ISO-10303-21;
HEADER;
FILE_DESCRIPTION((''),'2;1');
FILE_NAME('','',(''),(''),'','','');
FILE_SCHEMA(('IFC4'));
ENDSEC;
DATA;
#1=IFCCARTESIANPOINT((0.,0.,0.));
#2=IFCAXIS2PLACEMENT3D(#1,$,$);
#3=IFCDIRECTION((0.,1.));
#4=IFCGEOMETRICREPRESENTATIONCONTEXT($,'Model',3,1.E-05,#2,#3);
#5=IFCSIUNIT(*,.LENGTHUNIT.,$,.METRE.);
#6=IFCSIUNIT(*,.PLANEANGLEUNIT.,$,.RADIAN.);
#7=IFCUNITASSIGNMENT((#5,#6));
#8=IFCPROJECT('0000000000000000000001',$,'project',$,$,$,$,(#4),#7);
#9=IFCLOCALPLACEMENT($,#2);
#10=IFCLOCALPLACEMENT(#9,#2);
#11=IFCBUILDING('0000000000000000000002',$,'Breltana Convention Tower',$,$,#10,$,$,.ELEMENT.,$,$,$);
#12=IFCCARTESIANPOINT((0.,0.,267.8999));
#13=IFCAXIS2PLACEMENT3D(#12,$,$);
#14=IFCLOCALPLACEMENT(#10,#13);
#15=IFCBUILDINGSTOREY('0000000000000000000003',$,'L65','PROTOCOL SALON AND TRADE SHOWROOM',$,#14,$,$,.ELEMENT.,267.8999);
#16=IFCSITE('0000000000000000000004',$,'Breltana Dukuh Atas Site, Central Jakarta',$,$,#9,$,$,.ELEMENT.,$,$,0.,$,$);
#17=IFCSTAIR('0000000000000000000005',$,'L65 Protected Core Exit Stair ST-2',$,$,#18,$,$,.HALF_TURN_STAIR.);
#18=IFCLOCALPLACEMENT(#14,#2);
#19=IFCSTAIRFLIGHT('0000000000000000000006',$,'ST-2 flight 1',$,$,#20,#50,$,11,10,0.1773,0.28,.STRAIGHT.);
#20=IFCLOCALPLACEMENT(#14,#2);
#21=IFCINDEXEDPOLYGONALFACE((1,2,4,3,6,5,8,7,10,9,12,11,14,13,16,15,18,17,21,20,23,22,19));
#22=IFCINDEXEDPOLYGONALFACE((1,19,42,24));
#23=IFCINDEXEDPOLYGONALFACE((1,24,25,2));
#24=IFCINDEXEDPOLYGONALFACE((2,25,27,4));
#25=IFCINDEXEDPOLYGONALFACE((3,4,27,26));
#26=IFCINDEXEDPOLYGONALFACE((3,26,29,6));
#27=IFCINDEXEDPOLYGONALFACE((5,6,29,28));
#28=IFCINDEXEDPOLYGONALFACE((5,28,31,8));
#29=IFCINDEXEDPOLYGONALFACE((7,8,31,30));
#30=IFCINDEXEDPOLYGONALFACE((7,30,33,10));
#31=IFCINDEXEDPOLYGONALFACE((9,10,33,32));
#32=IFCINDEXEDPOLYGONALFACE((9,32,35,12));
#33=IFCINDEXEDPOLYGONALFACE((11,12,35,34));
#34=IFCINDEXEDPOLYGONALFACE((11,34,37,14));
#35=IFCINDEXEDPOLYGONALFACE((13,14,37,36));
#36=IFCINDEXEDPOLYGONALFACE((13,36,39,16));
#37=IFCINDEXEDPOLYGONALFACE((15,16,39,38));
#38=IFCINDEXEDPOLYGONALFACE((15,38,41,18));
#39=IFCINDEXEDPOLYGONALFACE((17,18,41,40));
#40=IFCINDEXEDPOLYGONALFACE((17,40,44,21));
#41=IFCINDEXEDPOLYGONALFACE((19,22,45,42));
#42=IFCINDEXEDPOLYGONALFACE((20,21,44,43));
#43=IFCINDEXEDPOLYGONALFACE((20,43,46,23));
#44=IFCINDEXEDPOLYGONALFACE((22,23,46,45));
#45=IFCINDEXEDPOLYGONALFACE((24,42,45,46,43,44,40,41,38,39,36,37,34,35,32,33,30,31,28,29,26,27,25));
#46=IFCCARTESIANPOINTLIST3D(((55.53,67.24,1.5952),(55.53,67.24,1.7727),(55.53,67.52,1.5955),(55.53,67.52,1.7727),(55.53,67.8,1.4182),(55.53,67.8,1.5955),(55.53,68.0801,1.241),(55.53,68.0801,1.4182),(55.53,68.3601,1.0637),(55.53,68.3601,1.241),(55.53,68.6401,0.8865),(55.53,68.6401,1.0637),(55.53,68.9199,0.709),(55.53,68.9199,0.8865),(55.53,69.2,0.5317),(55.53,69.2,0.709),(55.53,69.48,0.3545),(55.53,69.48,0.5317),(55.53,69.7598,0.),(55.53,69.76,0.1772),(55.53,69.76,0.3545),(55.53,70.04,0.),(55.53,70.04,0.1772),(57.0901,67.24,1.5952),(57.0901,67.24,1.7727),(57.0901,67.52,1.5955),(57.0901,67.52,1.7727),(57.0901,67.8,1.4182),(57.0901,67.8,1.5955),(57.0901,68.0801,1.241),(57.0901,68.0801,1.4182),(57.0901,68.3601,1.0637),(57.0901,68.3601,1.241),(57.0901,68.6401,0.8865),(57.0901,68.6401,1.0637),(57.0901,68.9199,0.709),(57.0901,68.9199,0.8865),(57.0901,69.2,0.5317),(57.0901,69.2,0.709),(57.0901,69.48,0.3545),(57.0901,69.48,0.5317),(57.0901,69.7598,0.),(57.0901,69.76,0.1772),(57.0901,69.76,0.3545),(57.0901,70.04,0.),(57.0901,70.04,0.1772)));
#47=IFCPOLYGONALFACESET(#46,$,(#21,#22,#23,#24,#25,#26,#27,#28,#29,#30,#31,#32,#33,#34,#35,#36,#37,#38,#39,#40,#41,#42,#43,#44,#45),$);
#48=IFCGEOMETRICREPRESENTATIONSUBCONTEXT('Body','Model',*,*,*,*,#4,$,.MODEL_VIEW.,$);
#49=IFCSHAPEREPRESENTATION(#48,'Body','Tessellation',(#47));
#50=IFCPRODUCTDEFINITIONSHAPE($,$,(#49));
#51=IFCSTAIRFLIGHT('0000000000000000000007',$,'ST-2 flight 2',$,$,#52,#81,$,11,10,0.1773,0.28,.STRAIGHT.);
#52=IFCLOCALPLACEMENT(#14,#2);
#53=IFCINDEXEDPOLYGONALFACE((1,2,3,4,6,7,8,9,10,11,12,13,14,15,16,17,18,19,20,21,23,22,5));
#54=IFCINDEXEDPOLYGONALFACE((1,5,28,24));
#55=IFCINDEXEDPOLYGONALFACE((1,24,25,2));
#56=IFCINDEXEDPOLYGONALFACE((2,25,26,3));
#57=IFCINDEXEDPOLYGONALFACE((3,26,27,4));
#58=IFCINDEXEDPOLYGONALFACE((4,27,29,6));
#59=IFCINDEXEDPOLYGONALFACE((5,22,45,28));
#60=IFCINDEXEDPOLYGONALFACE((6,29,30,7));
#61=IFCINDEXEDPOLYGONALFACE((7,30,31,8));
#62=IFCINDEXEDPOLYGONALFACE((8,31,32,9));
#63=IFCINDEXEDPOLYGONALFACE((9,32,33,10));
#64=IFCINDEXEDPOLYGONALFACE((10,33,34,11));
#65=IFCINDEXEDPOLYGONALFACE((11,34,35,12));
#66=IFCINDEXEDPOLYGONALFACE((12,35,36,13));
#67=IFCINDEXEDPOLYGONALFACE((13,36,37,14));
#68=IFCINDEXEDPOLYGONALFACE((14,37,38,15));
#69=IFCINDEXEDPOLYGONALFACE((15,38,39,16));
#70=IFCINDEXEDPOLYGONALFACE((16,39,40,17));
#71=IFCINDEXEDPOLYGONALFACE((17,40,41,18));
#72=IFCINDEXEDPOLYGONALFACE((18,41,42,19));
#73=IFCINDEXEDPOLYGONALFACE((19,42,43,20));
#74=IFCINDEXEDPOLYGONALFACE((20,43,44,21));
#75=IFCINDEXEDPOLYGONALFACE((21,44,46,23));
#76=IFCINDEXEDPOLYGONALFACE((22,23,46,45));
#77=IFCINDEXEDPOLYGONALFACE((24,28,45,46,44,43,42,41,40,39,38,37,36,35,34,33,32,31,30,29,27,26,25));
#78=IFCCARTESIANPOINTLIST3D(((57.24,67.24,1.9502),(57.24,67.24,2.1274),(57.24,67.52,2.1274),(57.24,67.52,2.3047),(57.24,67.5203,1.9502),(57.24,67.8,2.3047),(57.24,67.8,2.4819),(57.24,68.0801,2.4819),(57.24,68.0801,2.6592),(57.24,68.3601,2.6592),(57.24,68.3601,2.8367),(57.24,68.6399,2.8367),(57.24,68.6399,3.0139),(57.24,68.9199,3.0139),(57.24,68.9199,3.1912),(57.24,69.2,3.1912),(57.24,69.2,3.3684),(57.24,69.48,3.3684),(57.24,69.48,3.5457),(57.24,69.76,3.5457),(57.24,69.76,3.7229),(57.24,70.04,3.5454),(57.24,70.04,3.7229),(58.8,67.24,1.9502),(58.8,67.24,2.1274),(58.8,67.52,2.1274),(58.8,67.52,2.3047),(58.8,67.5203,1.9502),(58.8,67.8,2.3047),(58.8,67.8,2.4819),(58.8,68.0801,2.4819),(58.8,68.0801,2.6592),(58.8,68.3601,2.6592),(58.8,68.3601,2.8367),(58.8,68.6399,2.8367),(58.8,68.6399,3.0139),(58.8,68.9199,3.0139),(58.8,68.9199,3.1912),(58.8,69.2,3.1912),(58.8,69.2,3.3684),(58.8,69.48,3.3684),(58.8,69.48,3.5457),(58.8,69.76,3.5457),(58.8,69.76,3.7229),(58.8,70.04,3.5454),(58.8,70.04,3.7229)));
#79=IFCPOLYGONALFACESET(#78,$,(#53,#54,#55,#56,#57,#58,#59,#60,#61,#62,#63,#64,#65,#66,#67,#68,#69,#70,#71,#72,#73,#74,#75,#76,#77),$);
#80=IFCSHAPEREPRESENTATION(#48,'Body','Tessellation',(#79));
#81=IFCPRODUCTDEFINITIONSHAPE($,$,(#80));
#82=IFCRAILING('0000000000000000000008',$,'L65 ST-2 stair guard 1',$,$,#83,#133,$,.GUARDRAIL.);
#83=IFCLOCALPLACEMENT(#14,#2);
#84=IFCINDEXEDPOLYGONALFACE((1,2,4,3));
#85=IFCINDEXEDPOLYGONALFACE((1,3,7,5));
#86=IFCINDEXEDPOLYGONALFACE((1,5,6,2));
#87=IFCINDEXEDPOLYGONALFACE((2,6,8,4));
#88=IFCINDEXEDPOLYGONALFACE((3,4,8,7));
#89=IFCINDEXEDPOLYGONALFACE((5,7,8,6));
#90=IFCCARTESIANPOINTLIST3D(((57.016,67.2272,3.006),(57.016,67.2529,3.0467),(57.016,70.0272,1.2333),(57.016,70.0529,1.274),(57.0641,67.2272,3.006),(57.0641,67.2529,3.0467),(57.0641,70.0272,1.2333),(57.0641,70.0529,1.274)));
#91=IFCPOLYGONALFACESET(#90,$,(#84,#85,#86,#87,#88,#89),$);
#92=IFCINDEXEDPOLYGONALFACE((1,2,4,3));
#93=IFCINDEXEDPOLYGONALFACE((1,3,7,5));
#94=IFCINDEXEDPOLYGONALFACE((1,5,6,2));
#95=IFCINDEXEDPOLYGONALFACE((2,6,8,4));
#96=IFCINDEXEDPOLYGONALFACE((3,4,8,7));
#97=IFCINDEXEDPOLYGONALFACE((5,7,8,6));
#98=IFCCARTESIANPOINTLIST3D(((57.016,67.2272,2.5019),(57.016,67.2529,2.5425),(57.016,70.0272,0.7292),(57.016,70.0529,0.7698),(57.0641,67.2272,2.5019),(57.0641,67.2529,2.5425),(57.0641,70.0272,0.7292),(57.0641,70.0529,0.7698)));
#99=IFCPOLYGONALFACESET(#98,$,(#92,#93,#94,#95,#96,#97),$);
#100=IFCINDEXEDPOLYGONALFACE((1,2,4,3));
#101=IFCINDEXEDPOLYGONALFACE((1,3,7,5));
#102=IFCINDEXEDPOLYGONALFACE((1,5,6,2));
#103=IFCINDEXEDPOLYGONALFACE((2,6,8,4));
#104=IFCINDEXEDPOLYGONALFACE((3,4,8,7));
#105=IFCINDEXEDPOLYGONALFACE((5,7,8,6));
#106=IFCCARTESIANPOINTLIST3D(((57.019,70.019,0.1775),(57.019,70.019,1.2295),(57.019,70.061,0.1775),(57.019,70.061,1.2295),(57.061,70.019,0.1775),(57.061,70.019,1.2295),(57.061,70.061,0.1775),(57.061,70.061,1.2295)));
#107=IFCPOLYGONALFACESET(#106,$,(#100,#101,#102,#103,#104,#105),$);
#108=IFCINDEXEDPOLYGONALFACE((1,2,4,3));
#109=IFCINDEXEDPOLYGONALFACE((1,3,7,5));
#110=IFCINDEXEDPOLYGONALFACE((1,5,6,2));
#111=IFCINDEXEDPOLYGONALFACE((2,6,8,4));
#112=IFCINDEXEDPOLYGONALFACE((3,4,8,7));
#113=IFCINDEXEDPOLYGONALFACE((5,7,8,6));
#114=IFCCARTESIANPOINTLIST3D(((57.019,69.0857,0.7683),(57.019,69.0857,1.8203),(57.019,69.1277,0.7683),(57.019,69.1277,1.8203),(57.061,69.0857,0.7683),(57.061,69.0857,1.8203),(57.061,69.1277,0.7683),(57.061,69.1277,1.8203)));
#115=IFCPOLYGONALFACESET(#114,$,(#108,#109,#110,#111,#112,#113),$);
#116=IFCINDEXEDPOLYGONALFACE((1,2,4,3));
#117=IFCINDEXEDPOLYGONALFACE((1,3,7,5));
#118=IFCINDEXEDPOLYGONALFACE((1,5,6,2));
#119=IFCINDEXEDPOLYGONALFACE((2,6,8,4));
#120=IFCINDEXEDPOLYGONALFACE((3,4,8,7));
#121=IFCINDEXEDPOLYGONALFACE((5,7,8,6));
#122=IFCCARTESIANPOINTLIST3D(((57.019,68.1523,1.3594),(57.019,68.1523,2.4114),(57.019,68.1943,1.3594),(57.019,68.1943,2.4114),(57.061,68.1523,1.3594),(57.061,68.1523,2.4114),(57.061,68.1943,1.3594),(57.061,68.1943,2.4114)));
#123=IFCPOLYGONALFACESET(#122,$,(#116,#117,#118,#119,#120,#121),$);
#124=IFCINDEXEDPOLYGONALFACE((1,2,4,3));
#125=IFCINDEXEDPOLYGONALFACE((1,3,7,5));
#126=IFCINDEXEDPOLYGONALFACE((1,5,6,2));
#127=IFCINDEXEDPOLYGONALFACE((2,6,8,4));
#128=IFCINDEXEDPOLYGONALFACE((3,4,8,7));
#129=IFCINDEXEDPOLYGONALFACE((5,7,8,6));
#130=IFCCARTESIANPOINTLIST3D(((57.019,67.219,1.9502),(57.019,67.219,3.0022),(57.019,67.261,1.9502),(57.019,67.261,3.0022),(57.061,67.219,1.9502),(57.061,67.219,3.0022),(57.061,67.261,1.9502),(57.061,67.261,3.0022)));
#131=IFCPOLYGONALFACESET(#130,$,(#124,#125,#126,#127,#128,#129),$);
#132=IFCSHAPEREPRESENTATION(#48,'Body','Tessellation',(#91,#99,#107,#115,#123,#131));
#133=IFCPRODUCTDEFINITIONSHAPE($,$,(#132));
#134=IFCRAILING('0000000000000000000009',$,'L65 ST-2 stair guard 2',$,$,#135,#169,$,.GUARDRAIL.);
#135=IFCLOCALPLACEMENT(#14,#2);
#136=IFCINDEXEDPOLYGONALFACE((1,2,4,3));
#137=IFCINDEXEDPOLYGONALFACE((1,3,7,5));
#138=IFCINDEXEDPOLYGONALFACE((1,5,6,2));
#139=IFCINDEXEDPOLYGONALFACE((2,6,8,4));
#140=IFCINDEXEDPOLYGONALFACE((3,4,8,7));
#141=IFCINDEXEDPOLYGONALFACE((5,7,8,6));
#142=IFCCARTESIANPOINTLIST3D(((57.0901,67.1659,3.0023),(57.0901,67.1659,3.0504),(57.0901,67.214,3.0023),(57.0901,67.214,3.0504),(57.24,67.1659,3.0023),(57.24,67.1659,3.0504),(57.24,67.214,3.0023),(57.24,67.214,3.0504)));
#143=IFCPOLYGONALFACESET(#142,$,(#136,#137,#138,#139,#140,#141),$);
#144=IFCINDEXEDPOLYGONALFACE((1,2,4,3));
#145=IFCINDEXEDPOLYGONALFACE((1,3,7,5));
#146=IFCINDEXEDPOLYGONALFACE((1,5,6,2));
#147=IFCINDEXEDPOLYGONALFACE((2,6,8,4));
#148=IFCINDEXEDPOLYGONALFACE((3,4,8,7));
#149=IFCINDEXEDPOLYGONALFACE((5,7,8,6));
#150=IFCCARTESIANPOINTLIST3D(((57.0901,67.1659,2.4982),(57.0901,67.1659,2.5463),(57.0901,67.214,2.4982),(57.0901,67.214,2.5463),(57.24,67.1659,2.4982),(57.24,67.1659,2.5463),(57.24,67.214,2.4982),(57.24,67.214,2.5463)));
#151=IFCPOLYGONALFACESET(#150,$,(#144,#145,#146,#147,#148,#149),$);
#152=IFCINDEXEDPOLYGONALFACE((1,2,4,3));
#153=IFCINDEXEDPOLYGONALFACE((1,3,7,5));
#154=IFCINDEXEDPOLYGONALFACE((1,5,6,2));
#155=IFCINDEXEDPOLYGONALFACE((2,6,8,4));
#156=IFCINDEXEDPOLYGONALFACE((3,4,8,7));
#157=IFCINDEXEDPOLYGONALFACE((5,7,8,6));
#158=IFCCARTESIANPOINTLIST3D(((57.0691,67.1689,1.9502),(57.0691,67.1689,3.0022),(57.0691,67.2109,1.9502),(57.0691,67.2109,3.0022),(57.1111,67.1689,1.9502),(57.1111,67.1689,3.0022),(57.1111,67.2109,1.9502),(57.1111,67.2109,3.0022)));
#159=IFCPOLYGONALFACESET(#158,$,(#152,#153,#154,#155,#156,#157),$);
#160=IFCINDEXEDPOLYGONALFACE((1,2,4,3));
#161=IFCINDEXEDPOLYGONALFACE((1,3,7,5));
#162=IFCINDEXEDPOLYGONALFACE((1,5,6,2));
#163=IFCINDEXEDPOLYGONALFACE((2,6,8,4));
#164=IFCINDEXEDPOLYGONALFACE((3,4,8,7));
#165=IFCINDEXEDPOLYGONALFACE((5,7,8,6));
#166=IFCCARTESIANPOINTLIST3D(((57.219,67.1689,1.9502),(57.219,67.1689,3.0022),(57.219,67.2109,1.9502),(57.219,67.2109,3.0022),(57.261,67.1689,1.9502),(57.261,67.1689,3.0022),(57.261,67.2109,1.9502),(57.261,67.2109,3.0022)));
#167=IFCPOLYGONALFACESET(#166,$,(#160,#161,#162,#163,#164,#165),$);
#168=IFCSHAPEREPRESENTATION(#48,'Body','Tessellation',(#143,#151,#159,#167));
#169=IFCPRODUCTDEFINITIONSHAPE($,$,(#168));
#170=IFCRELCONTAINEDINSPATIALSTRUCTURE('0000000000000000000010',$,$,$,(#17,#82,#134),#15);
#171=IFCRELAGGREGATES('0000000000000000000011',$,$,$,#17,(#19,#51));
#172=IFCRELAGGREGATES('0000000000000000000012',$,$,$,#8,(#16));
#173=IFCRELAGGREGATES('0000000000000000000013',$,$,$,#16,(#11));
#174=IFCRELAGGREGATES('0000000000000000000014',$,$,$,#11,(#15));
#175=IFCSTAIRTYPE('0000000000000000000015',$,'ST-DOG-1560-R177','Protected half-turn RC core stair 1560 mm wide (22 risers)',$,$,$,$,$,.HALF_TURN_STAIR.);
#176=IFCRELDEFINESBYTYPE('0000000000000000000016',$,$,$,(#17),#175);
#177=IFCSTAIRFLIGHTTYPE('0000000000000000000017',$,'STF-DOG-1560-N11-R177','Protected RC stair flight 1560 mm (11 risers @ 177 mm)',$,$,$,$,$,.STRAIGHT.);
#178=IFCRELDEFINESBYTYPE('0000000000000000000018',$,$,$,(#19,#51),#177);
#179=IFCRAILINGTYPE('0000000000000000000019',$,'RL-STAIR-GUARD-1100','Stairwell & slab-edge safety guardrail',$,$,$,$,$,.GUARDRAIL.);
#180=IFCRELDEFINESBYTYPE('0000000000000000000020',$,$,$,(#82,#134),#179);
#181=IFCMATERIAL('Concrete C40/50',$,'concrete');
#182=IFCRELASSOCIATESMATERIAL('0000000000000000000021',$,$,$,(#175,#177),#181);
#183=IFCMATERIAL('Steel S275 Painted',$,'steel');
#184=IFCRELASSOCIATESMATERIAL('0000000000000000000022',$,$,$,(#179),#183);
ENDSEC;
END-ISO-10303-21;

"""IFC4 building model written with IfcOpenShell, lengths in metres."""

from ifc_helpers import new_model, si_unit, direction, frame, origin, origin_2d, place, context, subcontext, project, spatial, polyline, rectangle, outline, extrude, material, type_object, element, aggregate, save


model = new_model("IFC4")

# Units and contexts
model_context = context("Model", 3, precision=1e-05, world=origin(), true_north=direction((0.0, 1.0)))
body_context = subcontext(model_context, "Body", "Model", "MODEL_VIEW")
ifc_project = project(units=[si_unit("LENGTHUNIT", "METRE"), si_unit("PLANEANGLEUNIT", "RADIAN")], contexts=[model_context])

# Site, building, storey
site_placement = place(None, origin())
site = spatial("IfcSite", under=ifc_project, at=site_placement, Name="Breltana Dukuh Atas Site, Central Jakarta", CompositionType="ELEMENT", RefElevation=0.0)
building_placement = place(site_placement, origin())
building = spatial("IfcBuilding", under=site, at=building_placement, Name="Breltana Convention Tower", CompositionType="ELEMENT")
storey_placement = place(building_placement, frame((0.0, 0.0, 267.8999)))
storey = spatial("IfcBuildingStorey", under=building, at=storey_placement, Name="L65", Description="PROTOCOL SALON AND TRADE SHOWROOM", CompositionType="ELEMENT", Elevation=267.8999)

# Stair, stair flights
ifc_material_1 = material(Name="Concrete C40/50", Category="concrete")
stair_type = type_object("IfcStairType", Name="ST-DOG-1560-R177", Description="Protected half-turn RC core stair 1560 mm wide (22 risers)", PredefinedType="HALF_TURN_STAIR", material=ifc_material_1)
stair_placement = place(storey_placement, origin())
stair = element("IfcStair", 1, at=stair_placement, inside=storey, type_object=stair_type, Name="L65 Protected Core Exit Stair ST-2", PredefinedType="HALF_TURN_STAIR")
stair_flight_type = type_object("IfcStairFlightType", Name="STF-DOG-1560-N11-R177", Description="Protected RC stair flight 1560 mm (11 risers @ 177 mm)", PredefinedType="STRAIGHT", material=ifc_material_1)
stair_flight_1_placement = place(storey_placement, frame((56.3101, 70.04, 0.0), z_axis=(0.0, 0.0, 1.0), x_axis=(0.0, -1.0, 0.0)))
stair_flight_1 = element("IfcStairFlight", 2, at=stair_flight_1_placement, type_object=stair_flight_type, Name="ST-2 flight 1", NumberOfRisers=11, NumberOfTreads=10, PredefinedType="STRAIGHT", RiserHeight=0.1773, TreadLength=0.28, context=body_context, shape_type="SweptSolid", body=[
    extrude(outline(polyline([(0.0, 0.0), (0.0, 0.1772), (0.28, 0.1772), (0.28, 0.3545), (0.5601, 0.3545), (0.5601, 0.5317), (0.8401, 0.5317), (0.8401, 0.709), (1.1201, 0.709), (1.1201, 0.8865), (1.3999, 0.8865), (1.3999, 1.0637), (1.6799, 1.0637), (1.6799, 1.241), (1.96, 1.241), (1.96, 1.4182), (2.24, 1.4182), (2.24, 1.5955), (2.52, 1.5955), (2.52, 1.7727), (2.8, 1.7727), (2.8, 1.95), (2.8, 1.5952), (0.2803, 0.0), (0.0, 0.0)])), frame((0.0, 0.78, 0.0), z_axis=(0.0, -1.0, 0.0), x_axis=(1.0, 0.0, 0.0)), (0.0, 0.0, 1.0), 1.5601),
])
stair_flight_2_placement = place(storey_placement, frame((58.02, 67.24, 1.9502), z_axis=(0.0, 0.0, 1.0), x_axis=(0.0, 1.0, 0.0)))
stair_flight_2 = element("IfcStairFlight", 3, at=stair_flight_2_placement, type_object=stair_flight_type, Name="ST-2 flight 2", NumberOfRisers=11, NumberOfTreads=10, PredefinedType="STRAIGHT", RiserHeight=0.1773, TreadLength=0.28, context=body_context, shape_type="SweptSolid", body=[
    extrude(outline(polyline([(0.0, 0.0), (0.0, 0.1772), (0.28, 0.1772), (0.28, 0.3545), (0.5601, 0.3545), (0.5601, 0.5317), (0.8401, 0.5317), (0.8401, 0.709), (1.1201, 0.709), (1.1201, 0.8865), (1.3999, 0.8865), (1.3999, 1.0637), (1.6799, 1.0637), (1.6799, 1.241), (1.96, 1.241), (1.96, 1.4182), (2.24, 1.4182), (2.24, 1.5955), (2.52, 1.5955), (2.52, 1.7727), (2.8, 1.7727), (2.8, 1.95), (2.8, 1.5952), (0.2803, 0.0), (0.0, 0.0)])), frame((0.0, 0.78, 0.0), z_axis=(0.0, -1.0, 0.0), x_axis=(1.0, 0.0, 0.0)), (0.0, 0.0, 1.0), 1.5601),
])
aggregate(stair, [stair_flight_1, stair_flight_2])

# Railings
ifc_material_2 = material(Name="Steel S275 Painted", Category="steel")
railing_type_1 = type_object("IfcRailingType", Name="RL-STAIR-GUARD-1100", Description="Stairwell & slab-edge safety guardrail", PredefinedType="GUARDRAIL", material=ifc_material_2)
railing_1_placement = place(storey_placement, frame((57.04, 70.04, 0.1775)))
element("IfcRailing", 4, at=railing_1_placement, inside=storey, type_object=railing_type_1, Name="L65 ST-2 stair guard 1", PredefinedType="GUARDRAIL", context=body_context, shape_type="SweptSolid", body=[
    extrude(rectangle(XDim=0.0481, YDim=0.0481, at=origin_2d()), frame((0.0, 0.0, 1.0762), z_axis=(0.0, -0.844909, 0.53491), x_axis=(1.0, 0.0, 0.0)), (0.0, 0.0, 1.0), 3.314),
    extrude(rectangle(XDim=0.0481, YDim=0.0481, at=origin_2d()), frame((0.0, 0.0, 0.572), z_axis=(0.0, -0.844909, 0.53491), x_axis=(1.0, 0.0, 0.0)), (0.0, 0.0, 1.0), 3.314),
    extrude(rectangle(XDim=0.042, YDim=0.042, at=origin_2d()), origin(), (0.0, 0.0, 1.0), 1.052),
    extrude(rectangle(XDim=0.042, YDim=0.042, at=origin_2d()), frame((0.0, -0.9333, 0.5908)), (0.0, 0.0, 1.0), 1.052),
    extrude(rectangle(XDim=0.042, YDim=0.042, at=origin_2d()), frame((0.0, -1.8667, 1.1819)), (0.0, 0.0, 1.0), 1.052),
    extrude(rectangle(XDim=0.042, YDim=0.042, at=origin_2d()), frame((0.0, -2.8, 1.7727)), (0.0, 0.0, 1.0), 1.052),
])
railing_2_placement = place(storey_placement, frame((57.0901, 67.1899, 1.9502)))
element("IfcRailing", 5, at=railing_2_placement, inside=storey, type_object=railing_type_1, Name="L65 ST-2 stair guard 2", PredefinedType="GUARDRAIL", context=body_context, shape_type="SweptSolid", body=[
    extrude(rectangle(XDim=0.0481, YDim=0.0481, at=origin_2d()), frame((0.0, 0.0, 1.0762), z_axis=(1.0, 0.0, 0.0), x_axis=(0.0, 1.0, 0.0)), (0.0, 0.0, 1.0), 0.1499),
    extrude(rectangle(XDim=0.0481, YDim=0.0481, at=origin_2d()), frame((0.0, 0.0, 0.572), z_axis=(1.0, 0.0, 0.0), x_axis=(0.0, 1.0, 0.0)), (0.0, 0.0, 1.0), 0.1499),
    extrude(rectangle(XDim=0.042, YDim=0.042, at=origin_2d()), origin(), (0.0, 0.0, 1.0), 1.052),
    extrude(rectangle(XDim=0.042, YDim=0.042, at=origin_2d()), frame((0.1499, 0.0, 0.0)), (0.0, 0.0, 1.0), 1.052),
])

save(model, "model.ifc")
